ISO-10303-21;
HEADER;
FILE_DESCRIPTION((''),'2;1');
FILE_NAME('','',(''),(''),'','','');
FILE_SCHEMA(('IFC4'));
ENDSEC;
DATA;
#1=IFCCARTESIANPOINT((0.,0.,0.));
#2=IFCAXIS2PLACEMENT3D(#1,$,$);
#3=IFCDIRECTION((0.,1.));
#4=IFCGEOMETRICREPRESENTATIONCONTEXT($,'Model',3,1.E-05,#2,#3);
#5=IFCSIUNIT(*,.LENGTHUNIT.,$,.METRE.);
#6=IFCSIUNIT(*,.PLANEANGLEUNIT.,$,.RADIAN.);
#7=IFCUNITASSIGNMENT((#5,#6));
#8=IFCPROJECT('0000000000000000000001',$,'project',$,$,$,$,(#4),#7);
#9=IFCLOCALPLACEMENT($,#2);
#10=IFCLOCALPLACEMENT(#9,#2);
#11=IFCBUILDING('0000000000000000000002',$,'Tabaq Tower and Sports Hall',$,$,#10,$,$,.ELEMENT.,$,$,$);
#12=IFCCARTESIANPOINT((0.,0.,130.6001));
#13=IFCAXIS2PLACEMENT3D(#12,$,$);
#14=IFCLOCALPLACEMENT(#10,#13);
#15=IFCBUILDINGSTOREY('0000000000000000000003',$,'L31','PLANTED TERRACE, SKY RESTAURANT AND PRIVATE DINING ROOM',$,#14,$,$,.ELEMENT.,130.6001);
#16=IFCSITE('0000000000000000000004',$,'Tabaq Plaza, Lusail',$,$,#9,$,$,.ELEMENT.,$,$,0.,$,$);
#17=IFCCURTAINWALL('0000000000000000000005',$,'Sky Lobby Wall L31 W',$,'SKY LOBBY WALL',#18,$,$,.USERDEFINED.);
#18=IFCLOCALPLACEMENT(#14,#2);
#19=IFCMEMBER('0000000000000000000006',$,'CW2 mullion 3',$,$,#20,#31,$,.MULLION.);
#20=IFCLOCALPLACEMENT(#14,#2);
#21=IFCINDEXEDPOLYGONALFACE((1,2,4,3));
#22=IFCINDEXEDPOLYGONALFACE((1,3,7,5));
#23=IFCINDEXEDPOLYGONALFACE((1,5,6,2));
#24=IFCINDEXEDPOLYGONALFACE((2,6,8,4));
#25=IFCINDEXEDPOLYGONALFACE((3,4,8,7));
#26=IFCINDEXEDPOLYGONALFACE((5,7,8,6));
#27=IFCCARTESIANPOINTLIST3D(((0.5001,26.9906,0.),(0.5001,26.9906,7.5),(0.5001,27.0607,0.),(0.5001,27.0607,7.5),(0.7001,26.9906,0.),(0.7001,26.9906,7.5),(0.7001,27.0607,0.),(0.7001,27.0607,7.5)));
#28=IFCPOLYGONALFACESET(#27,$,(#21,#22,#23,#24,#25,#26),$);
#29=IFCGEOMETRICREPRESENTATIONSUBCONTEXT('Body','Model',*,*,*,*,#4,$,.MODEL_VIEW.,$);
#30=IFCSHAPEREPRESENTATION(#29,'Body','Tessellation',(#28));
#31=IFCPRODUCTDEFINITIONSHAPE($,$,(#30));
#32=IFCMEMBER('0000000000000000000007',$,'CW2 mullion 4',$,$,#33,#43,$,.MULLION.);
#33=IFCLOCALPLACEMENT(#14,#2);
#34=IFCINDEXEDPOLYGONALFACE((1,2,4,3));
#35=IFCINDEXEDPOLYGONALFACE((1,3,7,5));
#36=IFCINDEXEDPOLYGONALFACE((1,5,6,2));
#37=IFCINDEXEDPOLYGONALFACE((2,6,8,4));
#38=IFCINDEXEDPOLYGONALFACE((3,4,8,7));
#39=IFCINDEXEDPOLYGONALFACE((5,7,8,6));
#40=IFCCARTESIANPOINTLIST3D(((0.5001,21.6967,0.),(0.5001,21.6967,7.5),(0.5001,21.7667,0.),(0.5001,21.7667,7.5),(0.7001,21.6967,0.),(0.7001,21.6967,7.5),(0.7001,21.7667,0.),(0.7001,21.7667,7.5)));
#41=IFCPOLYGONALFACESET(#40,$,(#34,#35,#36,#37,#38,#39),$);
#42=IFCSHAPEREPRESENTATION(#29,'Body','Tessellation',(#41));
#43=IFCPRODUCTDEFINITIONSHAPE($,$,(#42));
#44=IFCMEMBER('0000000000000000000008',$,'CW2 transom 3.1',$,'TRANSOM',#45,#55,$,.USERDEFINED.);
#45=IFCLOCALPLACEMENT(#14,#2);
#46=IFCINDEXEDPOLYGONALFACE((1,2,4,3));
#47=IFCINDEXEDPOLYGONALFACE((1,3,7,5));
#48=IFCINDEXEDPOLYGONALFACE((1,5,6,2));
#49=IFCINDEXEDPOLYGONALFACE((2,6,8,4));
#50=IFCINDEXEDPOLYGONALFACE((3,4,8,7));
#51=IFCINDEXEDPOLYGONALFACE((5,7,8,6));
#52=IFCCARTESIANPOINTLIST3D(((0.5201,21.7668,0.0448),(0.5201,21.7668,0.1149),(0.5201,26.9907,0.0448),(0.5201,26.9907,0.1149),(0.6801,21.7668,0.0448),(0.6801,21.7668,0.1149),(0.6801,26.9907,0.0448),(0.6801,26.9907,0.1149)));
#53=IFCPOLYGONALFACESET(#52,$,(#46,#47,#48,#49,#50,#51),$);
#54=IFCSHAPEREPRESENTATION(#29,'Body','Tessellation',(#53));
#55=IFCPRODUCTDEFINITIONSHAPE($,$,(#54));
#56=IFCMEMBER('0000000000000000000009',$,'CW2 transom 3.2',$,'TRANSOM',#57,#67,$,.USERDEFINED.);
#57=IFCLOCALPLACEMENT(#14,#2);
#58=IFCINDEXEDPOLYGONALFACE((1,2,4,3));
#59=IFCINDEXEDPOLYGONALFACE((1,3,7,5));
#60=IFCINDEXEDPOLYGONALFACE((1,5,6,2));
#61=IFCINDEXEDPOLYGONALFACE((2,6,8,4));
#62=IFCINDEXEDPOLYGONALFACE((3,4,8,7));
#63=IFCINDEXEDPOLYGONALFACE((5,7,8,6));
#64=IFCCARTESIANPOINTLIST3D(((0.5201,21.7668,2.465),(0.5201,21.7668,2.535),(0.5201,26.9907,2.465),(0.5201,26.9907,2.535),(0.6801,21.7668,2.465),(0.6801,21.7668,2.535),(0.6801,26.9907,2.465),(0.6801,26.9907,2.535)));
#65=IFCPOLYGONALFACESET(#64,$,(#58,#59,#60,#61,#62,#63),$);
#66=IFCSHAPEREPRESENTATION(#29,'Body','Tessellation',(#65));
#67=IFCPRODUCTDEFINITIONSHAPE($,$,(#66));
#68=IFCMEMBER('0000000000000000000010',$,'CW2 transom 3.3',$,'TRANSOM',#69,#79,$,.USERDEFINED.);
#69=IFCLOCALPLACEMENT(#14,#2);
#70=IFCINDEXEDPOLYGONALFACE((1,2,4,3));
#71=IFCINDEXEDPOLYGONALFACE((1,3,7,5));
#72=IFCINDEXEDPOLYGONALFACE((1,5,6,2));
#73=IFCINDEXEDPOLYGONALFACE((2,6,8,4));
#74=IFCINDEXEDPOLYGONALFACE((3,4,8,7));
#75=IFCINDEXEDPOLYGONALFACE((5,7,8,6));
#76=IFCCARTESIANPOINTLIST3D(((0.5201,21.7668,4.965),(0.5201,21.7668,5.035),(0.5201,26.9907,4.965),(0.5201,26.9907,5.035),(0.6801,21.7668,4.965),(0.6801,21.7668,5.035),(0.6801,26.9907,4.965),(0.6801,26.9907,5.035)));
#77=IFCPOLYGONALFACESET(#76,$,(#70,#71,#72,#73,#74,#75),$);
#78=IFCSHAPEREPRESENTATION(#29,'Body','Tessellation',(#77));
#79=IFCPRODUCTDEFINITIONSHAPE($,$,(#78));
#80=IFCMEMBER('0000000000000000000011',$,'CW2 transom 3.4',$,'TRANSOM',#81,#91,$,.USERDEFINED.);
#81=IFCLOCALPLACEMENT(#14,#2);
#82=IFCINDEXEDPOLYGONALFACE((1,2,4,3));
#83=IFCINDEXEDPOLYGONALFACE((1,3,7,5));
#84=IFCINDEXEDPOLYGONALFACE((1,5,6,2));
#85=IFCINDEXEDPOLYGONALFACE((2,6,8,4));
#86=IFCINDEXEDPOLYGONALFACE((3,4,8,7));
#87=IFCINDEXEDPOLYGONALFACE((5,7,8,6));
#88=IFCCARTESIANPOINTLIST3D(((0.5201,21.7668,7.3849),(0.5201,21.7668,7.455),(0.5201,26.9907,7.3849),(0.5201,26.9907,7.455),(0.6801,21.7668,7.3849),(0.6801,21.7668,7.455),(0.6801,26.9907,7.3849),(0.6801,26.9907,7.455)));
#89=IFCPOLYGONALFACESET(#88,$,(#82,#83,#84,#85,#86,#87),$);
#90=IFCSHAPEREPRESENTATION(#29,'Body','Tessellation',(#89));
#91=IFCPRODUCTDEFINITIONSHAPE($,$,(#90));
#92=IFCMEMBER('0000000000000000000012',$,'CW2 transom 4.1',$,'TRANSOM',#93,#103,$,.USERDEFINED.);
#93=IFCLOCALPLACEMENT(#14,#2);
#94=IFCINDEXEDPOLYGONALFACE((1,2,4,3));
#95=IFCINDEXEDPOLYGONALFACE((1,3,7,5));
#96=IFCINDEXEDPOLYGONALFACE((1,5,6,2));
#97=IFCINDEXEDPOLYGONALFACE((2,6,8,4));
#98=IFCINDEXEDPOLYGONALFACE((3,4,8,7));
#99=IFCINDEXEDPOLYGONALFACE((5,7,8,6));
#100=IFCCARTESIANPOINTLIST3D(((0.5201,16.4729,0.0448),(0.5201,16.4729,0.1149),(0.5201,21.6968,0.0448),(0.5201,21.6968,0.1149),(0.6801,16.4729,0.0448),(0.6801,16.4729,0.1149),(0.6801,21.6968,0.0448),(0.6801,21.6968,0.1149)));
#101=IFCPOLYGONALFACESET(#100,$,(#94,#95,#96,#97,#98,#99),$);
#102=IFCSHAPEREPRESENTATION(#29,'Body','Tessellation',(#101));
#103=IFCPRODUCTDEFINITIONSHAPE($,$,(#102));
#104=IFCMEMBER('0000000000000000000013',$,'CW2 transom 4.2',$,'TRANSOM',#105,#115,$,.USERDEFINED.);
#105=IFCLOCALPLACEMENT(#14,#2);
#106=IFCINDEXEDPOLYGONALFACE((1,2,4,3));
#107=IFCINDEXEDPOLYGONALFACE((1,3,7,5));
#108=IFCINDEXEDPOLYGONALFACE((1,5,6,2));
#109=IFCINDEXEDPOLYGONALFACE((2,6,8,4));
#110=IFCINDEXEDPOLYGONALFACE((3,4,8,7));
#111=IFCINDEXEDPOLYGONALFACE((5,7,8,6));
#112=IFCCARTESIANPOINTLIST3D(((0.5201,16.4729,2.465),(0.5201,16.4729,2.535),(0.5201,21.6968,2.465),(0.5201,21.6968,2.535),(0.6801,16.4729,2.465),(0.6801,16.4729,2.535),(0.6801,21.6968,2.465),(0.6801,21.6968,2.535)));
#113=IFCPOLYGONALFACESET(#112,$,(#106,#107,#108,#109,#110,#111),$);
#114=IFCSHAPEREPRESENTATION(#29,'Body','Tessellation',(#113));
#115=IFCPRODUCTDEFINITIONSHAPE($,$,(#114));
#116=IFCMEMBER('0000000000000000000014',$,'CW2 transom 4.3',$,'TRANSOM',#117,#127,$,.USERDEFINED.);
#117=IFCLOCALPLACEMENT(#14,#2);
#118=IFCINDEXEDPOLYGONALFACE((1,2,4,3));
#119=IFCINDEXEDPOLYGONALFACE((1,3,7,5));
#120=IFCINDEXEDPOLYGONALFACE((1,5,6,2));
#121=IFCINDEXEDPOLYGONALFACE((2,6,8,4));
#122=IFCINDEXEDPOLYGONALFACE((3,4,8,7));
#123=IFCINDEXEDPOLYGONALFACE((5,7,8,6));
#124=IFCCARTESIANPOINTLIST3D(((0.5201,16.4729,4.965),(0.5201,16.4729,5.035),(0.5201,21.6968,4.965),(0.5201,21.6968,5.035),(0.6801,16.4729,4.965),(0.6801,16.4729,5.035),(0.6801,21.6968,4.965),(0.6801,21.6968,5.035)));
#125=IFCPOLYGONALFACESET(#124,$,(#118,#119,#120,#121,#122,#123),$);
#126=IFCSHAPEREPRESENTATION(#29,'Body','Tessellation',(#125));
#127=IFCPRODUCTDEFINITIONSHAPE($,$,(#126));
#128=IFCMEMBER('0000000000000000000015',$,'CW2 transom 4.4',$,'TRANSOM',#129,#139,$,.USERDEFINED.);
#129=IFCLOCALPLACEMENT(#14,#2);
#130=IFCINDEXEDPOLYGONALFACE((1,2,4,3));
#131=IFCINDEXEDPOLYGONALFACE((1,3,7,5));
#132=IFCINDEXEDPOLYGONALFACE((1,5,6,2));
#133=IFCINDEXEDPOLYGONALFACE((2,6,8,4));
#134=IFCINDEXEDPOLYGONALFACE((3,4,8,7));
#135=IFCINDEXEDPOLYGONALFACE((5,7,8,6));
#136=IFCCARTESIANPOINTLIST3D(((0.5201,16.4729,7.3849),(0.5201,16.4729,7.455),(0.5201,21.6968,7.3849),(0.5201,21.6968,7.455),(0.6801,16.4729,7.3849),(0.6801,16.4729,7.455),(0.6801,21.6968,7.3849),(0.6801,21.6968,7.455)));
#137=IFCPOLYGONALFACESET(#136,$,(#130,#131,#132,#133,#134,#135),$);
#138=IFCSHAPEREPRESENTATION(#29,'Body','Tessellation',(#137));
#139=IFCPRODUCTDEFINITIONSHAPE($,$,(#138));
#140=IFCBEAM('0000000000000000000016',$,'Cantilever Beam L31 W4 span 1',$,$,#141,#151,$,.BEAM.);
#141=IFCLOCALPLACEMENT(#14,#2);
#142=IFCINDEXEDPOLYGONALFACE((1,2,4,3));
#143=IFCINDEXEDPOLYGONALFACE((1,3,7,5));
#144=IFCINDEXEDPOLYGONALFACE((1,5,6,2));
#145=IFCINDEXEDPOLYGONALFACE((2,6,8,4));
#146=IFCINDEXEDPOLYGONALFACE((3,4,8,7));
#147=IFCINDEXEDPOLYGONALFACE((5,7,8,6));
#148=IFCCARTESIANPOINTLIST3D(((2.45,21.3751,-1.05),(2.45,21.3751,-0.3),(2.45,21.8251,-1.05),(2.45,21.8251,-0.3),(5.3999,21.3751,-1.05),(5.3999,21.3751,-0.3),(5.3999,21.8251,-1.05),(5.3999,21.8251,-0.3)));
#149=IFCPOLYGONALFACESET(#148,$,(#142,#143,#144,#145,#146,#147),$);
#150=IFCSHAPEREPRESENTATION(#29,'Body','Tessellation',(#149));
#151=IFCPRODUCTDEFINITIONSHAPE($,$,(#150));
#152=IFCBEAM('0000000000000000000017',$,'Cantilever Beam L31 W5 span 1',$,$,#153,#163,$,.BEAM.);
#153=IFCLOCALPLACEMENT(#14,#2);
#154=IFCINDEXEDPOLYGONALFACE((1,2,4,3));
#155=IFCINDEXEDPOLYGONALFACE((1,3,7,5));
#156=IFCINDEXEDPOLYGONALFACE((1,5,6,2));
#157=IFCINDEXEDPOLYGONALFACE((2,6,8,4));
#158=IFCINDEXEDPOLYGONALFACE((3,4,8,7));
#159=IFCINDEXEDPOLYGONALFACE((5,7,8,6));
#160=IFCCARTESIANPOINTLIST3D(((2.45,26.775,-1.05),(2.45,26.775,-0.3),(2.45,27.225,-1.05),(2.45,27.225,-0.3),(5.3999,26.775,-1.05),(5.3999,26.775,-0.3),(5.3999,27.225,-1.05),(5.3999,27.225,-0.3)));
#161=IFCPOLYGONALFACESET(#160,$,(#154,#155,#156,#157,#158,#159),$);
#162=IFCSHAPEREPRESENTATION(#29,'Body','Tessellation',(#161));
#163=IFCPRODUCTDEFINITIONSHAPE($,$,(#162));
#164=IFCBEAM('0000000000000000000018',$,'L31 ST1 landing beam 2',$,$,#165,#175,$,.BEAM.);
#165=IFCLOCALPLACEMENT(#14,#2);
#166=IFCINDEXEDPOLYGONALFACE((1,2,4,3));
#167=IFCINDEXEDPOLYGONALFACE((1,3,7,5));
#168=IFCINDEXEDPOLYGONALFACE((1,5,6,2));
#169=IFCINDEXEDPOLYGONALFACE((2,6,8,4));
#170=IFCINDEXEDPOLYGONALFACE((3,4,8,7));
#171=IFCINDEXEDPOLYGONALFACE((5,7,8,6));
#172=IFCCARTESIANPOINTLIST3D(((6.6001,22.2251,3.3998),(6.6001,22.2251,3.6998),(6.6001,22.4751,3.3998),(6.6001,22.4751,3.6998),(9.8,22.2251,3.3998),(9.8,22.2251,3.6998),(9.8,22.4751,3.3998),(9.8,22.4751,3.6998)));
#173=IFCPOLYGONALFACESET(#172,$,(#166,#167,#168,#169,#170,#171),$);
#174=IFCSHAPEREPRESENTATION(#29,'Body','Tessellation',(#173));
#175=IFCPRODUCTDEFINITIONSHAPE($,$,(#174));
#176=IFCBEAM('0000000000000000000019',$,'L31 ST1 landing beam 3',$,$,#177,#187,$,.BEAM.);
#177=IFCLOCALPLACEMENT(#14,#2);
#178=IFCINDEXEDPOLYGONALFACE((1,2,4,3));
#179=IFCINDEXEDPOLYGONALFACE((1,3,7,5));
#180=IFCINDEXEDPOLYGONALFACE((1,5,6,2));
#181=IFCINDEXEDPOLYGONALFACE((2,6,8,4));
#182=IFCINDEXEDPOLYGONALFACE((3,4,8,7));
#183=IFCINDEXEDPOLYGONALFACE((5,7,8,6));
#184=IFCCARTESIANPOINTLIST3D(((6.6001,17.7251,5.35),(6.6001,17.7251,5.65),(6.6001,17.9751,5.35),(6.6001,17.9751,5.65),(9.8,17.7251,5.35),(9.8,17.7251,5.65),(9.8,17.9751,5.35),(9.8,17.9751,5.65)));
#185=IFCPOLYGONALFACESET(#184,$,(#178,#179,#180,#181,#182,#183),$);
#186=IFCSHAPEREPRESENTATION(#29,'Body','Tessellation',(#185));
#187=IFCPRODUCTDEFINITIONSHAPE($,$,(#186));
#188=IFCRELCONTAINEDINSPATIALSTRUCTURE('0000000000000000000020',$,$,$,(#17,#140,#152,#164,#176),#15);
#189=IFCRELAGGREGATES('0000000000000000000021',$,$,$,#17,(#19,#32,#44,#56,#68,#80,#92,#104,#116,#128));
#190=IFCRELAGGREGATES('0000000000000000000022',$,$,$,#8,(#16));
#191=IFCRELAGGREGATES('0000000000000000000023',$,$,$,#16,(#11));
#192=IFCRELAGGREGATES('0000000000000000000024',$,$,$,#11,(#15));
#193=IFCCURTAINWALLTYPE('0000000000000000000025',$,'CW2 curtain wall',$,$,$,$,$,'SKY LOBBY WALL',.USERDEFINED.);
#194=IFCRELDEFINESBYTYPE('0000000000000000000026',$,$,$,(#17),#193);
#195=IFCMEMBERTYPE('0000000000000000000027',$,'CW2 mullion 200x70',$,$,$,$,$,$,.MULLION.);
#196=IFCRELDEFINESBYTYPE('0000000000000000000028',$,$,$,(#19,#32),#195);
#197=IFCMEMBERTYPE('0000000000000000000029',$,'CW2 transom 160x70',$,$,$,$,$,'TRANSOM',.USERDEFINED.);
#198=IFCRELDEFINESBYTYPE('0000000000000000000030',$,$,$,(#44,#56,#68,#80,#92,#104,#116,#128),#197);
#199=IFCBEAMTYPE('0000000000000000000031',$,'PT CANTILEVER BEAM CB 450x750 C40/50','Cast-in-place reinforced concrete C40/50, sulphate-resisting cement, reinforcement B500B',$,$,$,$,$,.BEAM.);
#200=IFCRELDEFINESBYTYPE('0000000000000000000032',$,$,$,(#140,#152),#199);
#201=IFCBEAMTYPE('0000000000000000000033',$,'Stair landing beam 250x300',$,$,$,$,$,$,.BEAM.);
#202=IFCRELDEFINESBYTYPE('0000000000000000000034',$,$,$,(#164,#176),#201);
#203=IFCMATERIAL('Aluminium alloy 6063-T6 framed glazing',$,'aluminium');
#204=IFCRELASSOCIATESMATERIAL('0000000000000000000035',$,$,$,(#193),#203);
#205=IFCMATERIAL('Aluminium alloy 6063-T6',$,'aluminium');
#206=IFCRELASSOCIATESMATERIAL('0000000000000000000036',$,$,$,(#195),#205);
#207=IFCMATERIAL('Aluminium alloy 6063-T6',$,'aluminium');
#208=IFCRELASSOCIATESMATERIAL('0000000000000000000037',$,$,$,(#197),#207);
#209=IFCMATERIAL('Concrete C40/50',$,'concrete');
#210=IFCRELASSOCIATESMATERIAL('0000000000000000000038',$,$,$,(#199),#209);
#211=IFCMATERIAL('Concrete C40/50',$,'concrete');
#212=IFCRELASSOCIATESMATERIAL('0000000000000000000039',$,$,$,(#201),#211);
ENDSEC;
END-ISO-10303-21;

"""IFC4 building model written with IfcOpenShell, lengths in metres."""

from ifc_helpers import new_model, si_unit, direction, frame, origin, origin_2d, place, context, subcontext, project, spatial, rectangle, extrude, material, material_profile, profile_set, type_object, element, aggregate, save


model = new_model("IFC4")

# Units and contexts
model_context = context("Model", 3, precision=1e-05, world=origin(), true_north=direction((0.0, 1.0)))
body_context = subcontext(model_context, "Body", "Model", "MODEL_VIEW")
ifc_project = project(units=[si_unit("LENGTHUNIT", "METRE"), si_unit("PLANEANGLEUNIT", "RADIAN")], contexts=[model_context])

# Site, building, storey
site_placement = place(None, origin())
site = spatial("IfcSite", under=ifc_project, at=site_placement, Name="Tabaq Plaza, Lusail", CompositionType="ELEMENT", RefElevation=0.0)
building_placement = place(site_placement, origin())
building = spatial("IfcBuilding", under=site, at=building_placement, Name="Tabaq Tower and Sports Hall", CompositionType="ELEMENT")
storey_placement = place(building_placement, frame((0.0, 0.0, 130.6001)))
storey = spatial("IfcBuildingStorey", under=building, at=storey_placement, Name="L31", Description="PLANTED TERRACE, SKY RESTAURANT AND PRIVATE DINING ROOM", CompositionType="ELEMENT", Elevation=130.6001)

# Curtain wall, members
ifc_material_1 = material(Name="Aluminium alloy 6063-T6 framed glazing", Category="aluminium")
curtain_wall_type = type_object("IfcCurtainWallType", Name="CW2 curtain wall", ElementType="SKY LOBBY WALL", PredefinedType="USERDEFINED", material=ifc_material_1)
curtain_wall_placement = place(storey_placement, origin())
curtain_wall = element("IfcCurtainWall", 1, at=curtain_wall_placement, inside=storey, type_object=curtain_wall_type, Name="Sky Lobby Wall L31 W", ObjectType="SKY LOBBY WALL", PredefinedType="USERDEFINED")
ifc_material_2 = material(Name="Aluminium alloy 6063-T6", Category="aluminium")
ifc_material_profile_1 = material_profile(ifc_material_2, rectangle(XDim=0.2, YDim=0.0701, at=origin_2d()), Name="MULLION 200x70")
ifc_profile_set_1 = profile_set([ifc_material_profile_1], Name="Aluminium alloy 6063-T6")
member_type_1 = type_object("IfcMemberType", Name="CW2 mullion 200x70", PredefinedType="MULLION", material=ifc_profile_set_1)
member_1_placement = place(storey_placement, frame((0.6001, 27.0256, 0.0), z_axis=(0.0, 0.0, 1.0), x_axis=(1.0, 0.0, 0.0)))
member_1 = element("IfcMember", 2, at=member_1_placement, type_object=member_type_1, Name="CW2 mullion 3", PredefinedType="MULLION", context=body_context, shape_type="SweptSolid", body=[
    extrude(rectangle(XDim=0.2, YDim=0.0701, at=origin_2d()), origin(), (0.0, 0.0, 1.0), 7.5),
])
member_2_placement = place(storey_placement, frame((0.6001, 21.7317, 0.0), z_axis=(0.0, 0.0, 1.0), x_axis=(1.0, 0.0, 0.0)))
member_2 = element("IfcMember", 3, at=member_2_placement, type_object=member_type_1, Name="CW2 mullion 4", PredefinedType="MULLION", context=body_context, shape_type="SweptSolid", body=[
    extrude(rectangle(XDim=0.2, YDim=0.0701, at=origin_2d()), origin(), (0.0, 0.0, 1.0), 7.5),
])
ifc_material_3 = material(Name="Aluminium alloy 6063-T6", Category="aluminium")
ifc_material_profile_2 = material_profile(ifc_material_3, rectangle(XDim=0.1599, YDim=0.0701, at=origin_2d()), Name="TRANSOM 160x70")
ifc_profile_set_2 = profile_set([ifc_material_profile_2], Name="Aluminium alloy 6063-T6")
member_type_2 = type_object("IfcMemberType", Name="CW2 transom 160x70", ElementType="TRANSOM", PredefinedType="USERDEFINED", material=ifc_profile_set_2)
member_3_placement = place(storey_placement, frame((0.6001, 26.9907, 0.0798), z_axis=(0.0, -1.0, 0.0), x_axis=(1.0, 0.0, 0.0)))
member_3 = element("IfcMember", 4, at=member_3_placement, type_object=member_type_2, Name="CW2 transom 3.1", ObjectType="TRANSOM", PredefinedType="USERDEFINED", context=body_context, shape_type="SweptSolid", body=[
    extrude(rectangle(XDim=0.1599, YDim=0.0701, at=origin_2d()), origin(), (0.0, 0.0, 1.0), 5.2239),
])
member_4_placement = place(storey_placement, frame((0.6001, 26.9907, 2.5), z_axis=(0.0, -1.0, 0.0), x_axis=(1.0, 0.0, 0.0)))
member_4 = element("IfcMember", 5, at=member_4_placement, type_object=member_type_2, Name="CW2 transom 3.2", ObjectType="TRANSOM", PredefinedType="USERDEFINED", context=body_context, shape_type="SweptSolid", body=[
    extrude(rectangle(XDim=0.1599, YDim=0.0701, at=origin_2d()), origin(), (0.0, 0.0, 1.0), 5.2239),
])
member_5_placement = place(storey_placement, frame((0.6001, 26.9907, 5.0), z_axis=(0.0, -1.0, 0.0), x_axis=(1.0, 0.0, 0.0)))
member_5 = element("IfcMember", 6, at=member_5_placement, type_object=member_type_2, Name="CW2 transom 3.3", ObjectType="TRANSOM", PredefinedType="USERDEFINED", context=body_context, shape_type="SweptSolid", body=[
    extrude(rectangle(XDim=0.1599, YDim=0.0701, at=origin_2d()), origin(), (0.0, 0.0, 1.0), 5.2239),
])
member_6_placement = place(storey_placement, frame((0.6001, 26.9907, 7.4199), z_axis=(0.0, -1.0, 0.0), x_axis=(1.0, 0.0, 0.0)))
member_6 = element("IfcMember", 7, at=member_6_placement, type_object=member_type_2, Name="CW2 transom 3.4", ObjectType="TRANSOM", PredefinedType="USERDEFINED", context=body_context, shape_type="SweptSolid", body=[
    extrude(rectangle(XDim=0.1599, YDim=0.0701, at=origin_2d()), origin(), (0.0, 0.0, 1.0), 5.2239),
])
member_7_placement = place(storey_placement, frame((0.6001, 21.6968, 0.0798), z_axis=(0.0, -1.0, 0.0), x_axis=(1.0, 0.0, 0.0)))
member_7 = element("IfcMember", 8, at=member_7_placement, type_object=member_type_2, Name="CW2 transom 4.1", ObjectType="TRANSOM", PredefinedType="USERDEFINED", context=body_context, shape_type="SweptSolid", body=[
    extrude(rectangle(XDim=0.1599, YDim=0.0701, at=origin_2d()), origin(), (0.0, 0.0, 1.0), 5.2239),
])
member_8_placement = place(storey_placement, frame((0.6001, 21.6968, 2.5), z_axis=(0.0, -1.0, 0.0), x_axis=(1.0, 0.0, 0.0)))
member_8 = element("IfcMember", 9, at=member_8_placement, type_object=member_type_2, Name="CW2 transom 4.2", ObjectType="TRANSOM", PredefinedType="USERDEFINED", context=body_context, shape_type="SweptSolid", body=[
    extrude(rectangle(XDim=0.1599, YDim=0.0701, at=origin_2d()), origin(), (0.0, 0.0, 1.0), 5.2239),
])
member_9_placement = place(storey_placement, frame((0.6001, 21.6968, 5.0), z_axis=(0.0, -1.0, 0.0), x_axis=(1.0, 0.0, 0.0)))
member_9 = element("IfcMember", 10, at=member_9_placement, type_object=member_type_2, Name="CW2 transom 4.3", ObjectType="TRANSOM", PredefinedType="USERDEFINED", context=body_context, shape_type="SweptSolid", body=[
    extrude(rectangle(XDim=0.1599, YDim=0.0701, at=origin_2d()), origin(), (0.0, 0.0, 1.0), 5.2239),
])
member_10_placement = place(storey_placement, frame((0.6001, 21.6968, 7.4199), z_axis=(0.0, -1.0, 0.0), x_axis=(1.0, 0.0, 0.0)))
member_10 = element("IfcMember", 11, at=member_10_placement, type_object=member_type_2, Name="CW2 transom 4.4", ObjectType="TRANSOM", PredefinedType="USERDEFINED", context=body_context, shape_type="SweptSolid", body=[
    extrude(rectangle(XDim=0.1599, YDim=0.0701, at=origin_2d()), origin(), (0.0, 0.0, 1.0), 5.2239),
])

# Beams
ifc_material_4 = material(Name="Concrete C40/50", Category="concrete")
ifc_material_profile_3 = material_profile(ifc_material_4, rectangle(XDim=0.45, YDim=0.75, at=origin_2d()), Name="CB 450x750")
ifc_profile_set_3 = profile_set([ifc_material_profile_3], Name="Concrete C40/50")
beam_type_1 = type_object("IfcBeamType", Name="PT CANTILEVER BEAM CB 450x750 C40/50", Description="Cast-in-place reinforced concrete C40/50, sulphate-resisting cement, reinforcement B500B", PredefinedType="BEAM", material=ifc_profile_set_3)
for number, where, z_axis, x_axis, name in (
    (12, (2.45, 21.6001, -0.675), (1.0, 0.0, 0.0), (0.0, 1.0, 0.0), "Cantilever Beam L31 W4 span 1"),
    (13, (2.45, 27.0, -0.675), (1.0, 0.0, 0.0), (0.0, 1.0, 0.0), "Cantilever Beam L31 W5 span 1"),
):
    element("IfcBeam", number, at=place(storey_placement, frame(where, z_axis=z_axis, x_axis=x_axis)), inside=storey, type_object=beam_type_1, Name=name, PredefinedType="BEAM", context=body_context, shape_type="SweptSolid", body=[
        extrude(rectangle(XDim=0.45, YDim=0.75, at=origin_2d()), origin(), (0.0, 0.0, 1.0), 2.95),
    ])
ifc_material_5 = material(Name="Concrete C40/50", Category="concrete")
ifc_material_profile_4 = material_profile(ifc_material_5, rectangle(XDim=0.25, YDim=0.3, at=origin_2d()), Name="RC 250x300")
ifc_profile_set_4 = profile_set([ifc_material_profile_4], Name="Concrete C40/50")
beam_type_2 = type_object("IfcBeamType", Name="Stair landing beam 250x300", PredefinedType="BEAM", material=ifc_profile_set_4)
for number, where, z_axis, x_axis, name in (
    (14, (6.6001, 22.3501, 3.5498), (1.0, 0.0, 0.0), (0.0, 1.0, 0.0), "L31 ST1 landing beam 2"),
    (15, (6.6001, 17.8501, 5.5), (1.0, 0.0, 0.0), (0.0, 1.0, 0.0), "L31 ST1 landing beam 3"),
):
    element("IfcBeam", number, at=place(storey_placement, frame(where, z_axis=z_axis, x_axis=x_axis)), inside=storey, type_object=beam_type_2, Name=name, PredefinedType="BEAM", context=body_context, shape_type="SweptSolid", body=[
        extrude(rectangle(XDim=0.25, YDim=0.3, at=origin_2d()), origin(), (0.0, 0.0, 1.0), 3.2),
    ])

aggregate(curtain_wall, [member_1, member_2, member_3, member_4, member_5, member_6, member_7, member_8, member_9, member_10])

save(model, "model.ifc")
